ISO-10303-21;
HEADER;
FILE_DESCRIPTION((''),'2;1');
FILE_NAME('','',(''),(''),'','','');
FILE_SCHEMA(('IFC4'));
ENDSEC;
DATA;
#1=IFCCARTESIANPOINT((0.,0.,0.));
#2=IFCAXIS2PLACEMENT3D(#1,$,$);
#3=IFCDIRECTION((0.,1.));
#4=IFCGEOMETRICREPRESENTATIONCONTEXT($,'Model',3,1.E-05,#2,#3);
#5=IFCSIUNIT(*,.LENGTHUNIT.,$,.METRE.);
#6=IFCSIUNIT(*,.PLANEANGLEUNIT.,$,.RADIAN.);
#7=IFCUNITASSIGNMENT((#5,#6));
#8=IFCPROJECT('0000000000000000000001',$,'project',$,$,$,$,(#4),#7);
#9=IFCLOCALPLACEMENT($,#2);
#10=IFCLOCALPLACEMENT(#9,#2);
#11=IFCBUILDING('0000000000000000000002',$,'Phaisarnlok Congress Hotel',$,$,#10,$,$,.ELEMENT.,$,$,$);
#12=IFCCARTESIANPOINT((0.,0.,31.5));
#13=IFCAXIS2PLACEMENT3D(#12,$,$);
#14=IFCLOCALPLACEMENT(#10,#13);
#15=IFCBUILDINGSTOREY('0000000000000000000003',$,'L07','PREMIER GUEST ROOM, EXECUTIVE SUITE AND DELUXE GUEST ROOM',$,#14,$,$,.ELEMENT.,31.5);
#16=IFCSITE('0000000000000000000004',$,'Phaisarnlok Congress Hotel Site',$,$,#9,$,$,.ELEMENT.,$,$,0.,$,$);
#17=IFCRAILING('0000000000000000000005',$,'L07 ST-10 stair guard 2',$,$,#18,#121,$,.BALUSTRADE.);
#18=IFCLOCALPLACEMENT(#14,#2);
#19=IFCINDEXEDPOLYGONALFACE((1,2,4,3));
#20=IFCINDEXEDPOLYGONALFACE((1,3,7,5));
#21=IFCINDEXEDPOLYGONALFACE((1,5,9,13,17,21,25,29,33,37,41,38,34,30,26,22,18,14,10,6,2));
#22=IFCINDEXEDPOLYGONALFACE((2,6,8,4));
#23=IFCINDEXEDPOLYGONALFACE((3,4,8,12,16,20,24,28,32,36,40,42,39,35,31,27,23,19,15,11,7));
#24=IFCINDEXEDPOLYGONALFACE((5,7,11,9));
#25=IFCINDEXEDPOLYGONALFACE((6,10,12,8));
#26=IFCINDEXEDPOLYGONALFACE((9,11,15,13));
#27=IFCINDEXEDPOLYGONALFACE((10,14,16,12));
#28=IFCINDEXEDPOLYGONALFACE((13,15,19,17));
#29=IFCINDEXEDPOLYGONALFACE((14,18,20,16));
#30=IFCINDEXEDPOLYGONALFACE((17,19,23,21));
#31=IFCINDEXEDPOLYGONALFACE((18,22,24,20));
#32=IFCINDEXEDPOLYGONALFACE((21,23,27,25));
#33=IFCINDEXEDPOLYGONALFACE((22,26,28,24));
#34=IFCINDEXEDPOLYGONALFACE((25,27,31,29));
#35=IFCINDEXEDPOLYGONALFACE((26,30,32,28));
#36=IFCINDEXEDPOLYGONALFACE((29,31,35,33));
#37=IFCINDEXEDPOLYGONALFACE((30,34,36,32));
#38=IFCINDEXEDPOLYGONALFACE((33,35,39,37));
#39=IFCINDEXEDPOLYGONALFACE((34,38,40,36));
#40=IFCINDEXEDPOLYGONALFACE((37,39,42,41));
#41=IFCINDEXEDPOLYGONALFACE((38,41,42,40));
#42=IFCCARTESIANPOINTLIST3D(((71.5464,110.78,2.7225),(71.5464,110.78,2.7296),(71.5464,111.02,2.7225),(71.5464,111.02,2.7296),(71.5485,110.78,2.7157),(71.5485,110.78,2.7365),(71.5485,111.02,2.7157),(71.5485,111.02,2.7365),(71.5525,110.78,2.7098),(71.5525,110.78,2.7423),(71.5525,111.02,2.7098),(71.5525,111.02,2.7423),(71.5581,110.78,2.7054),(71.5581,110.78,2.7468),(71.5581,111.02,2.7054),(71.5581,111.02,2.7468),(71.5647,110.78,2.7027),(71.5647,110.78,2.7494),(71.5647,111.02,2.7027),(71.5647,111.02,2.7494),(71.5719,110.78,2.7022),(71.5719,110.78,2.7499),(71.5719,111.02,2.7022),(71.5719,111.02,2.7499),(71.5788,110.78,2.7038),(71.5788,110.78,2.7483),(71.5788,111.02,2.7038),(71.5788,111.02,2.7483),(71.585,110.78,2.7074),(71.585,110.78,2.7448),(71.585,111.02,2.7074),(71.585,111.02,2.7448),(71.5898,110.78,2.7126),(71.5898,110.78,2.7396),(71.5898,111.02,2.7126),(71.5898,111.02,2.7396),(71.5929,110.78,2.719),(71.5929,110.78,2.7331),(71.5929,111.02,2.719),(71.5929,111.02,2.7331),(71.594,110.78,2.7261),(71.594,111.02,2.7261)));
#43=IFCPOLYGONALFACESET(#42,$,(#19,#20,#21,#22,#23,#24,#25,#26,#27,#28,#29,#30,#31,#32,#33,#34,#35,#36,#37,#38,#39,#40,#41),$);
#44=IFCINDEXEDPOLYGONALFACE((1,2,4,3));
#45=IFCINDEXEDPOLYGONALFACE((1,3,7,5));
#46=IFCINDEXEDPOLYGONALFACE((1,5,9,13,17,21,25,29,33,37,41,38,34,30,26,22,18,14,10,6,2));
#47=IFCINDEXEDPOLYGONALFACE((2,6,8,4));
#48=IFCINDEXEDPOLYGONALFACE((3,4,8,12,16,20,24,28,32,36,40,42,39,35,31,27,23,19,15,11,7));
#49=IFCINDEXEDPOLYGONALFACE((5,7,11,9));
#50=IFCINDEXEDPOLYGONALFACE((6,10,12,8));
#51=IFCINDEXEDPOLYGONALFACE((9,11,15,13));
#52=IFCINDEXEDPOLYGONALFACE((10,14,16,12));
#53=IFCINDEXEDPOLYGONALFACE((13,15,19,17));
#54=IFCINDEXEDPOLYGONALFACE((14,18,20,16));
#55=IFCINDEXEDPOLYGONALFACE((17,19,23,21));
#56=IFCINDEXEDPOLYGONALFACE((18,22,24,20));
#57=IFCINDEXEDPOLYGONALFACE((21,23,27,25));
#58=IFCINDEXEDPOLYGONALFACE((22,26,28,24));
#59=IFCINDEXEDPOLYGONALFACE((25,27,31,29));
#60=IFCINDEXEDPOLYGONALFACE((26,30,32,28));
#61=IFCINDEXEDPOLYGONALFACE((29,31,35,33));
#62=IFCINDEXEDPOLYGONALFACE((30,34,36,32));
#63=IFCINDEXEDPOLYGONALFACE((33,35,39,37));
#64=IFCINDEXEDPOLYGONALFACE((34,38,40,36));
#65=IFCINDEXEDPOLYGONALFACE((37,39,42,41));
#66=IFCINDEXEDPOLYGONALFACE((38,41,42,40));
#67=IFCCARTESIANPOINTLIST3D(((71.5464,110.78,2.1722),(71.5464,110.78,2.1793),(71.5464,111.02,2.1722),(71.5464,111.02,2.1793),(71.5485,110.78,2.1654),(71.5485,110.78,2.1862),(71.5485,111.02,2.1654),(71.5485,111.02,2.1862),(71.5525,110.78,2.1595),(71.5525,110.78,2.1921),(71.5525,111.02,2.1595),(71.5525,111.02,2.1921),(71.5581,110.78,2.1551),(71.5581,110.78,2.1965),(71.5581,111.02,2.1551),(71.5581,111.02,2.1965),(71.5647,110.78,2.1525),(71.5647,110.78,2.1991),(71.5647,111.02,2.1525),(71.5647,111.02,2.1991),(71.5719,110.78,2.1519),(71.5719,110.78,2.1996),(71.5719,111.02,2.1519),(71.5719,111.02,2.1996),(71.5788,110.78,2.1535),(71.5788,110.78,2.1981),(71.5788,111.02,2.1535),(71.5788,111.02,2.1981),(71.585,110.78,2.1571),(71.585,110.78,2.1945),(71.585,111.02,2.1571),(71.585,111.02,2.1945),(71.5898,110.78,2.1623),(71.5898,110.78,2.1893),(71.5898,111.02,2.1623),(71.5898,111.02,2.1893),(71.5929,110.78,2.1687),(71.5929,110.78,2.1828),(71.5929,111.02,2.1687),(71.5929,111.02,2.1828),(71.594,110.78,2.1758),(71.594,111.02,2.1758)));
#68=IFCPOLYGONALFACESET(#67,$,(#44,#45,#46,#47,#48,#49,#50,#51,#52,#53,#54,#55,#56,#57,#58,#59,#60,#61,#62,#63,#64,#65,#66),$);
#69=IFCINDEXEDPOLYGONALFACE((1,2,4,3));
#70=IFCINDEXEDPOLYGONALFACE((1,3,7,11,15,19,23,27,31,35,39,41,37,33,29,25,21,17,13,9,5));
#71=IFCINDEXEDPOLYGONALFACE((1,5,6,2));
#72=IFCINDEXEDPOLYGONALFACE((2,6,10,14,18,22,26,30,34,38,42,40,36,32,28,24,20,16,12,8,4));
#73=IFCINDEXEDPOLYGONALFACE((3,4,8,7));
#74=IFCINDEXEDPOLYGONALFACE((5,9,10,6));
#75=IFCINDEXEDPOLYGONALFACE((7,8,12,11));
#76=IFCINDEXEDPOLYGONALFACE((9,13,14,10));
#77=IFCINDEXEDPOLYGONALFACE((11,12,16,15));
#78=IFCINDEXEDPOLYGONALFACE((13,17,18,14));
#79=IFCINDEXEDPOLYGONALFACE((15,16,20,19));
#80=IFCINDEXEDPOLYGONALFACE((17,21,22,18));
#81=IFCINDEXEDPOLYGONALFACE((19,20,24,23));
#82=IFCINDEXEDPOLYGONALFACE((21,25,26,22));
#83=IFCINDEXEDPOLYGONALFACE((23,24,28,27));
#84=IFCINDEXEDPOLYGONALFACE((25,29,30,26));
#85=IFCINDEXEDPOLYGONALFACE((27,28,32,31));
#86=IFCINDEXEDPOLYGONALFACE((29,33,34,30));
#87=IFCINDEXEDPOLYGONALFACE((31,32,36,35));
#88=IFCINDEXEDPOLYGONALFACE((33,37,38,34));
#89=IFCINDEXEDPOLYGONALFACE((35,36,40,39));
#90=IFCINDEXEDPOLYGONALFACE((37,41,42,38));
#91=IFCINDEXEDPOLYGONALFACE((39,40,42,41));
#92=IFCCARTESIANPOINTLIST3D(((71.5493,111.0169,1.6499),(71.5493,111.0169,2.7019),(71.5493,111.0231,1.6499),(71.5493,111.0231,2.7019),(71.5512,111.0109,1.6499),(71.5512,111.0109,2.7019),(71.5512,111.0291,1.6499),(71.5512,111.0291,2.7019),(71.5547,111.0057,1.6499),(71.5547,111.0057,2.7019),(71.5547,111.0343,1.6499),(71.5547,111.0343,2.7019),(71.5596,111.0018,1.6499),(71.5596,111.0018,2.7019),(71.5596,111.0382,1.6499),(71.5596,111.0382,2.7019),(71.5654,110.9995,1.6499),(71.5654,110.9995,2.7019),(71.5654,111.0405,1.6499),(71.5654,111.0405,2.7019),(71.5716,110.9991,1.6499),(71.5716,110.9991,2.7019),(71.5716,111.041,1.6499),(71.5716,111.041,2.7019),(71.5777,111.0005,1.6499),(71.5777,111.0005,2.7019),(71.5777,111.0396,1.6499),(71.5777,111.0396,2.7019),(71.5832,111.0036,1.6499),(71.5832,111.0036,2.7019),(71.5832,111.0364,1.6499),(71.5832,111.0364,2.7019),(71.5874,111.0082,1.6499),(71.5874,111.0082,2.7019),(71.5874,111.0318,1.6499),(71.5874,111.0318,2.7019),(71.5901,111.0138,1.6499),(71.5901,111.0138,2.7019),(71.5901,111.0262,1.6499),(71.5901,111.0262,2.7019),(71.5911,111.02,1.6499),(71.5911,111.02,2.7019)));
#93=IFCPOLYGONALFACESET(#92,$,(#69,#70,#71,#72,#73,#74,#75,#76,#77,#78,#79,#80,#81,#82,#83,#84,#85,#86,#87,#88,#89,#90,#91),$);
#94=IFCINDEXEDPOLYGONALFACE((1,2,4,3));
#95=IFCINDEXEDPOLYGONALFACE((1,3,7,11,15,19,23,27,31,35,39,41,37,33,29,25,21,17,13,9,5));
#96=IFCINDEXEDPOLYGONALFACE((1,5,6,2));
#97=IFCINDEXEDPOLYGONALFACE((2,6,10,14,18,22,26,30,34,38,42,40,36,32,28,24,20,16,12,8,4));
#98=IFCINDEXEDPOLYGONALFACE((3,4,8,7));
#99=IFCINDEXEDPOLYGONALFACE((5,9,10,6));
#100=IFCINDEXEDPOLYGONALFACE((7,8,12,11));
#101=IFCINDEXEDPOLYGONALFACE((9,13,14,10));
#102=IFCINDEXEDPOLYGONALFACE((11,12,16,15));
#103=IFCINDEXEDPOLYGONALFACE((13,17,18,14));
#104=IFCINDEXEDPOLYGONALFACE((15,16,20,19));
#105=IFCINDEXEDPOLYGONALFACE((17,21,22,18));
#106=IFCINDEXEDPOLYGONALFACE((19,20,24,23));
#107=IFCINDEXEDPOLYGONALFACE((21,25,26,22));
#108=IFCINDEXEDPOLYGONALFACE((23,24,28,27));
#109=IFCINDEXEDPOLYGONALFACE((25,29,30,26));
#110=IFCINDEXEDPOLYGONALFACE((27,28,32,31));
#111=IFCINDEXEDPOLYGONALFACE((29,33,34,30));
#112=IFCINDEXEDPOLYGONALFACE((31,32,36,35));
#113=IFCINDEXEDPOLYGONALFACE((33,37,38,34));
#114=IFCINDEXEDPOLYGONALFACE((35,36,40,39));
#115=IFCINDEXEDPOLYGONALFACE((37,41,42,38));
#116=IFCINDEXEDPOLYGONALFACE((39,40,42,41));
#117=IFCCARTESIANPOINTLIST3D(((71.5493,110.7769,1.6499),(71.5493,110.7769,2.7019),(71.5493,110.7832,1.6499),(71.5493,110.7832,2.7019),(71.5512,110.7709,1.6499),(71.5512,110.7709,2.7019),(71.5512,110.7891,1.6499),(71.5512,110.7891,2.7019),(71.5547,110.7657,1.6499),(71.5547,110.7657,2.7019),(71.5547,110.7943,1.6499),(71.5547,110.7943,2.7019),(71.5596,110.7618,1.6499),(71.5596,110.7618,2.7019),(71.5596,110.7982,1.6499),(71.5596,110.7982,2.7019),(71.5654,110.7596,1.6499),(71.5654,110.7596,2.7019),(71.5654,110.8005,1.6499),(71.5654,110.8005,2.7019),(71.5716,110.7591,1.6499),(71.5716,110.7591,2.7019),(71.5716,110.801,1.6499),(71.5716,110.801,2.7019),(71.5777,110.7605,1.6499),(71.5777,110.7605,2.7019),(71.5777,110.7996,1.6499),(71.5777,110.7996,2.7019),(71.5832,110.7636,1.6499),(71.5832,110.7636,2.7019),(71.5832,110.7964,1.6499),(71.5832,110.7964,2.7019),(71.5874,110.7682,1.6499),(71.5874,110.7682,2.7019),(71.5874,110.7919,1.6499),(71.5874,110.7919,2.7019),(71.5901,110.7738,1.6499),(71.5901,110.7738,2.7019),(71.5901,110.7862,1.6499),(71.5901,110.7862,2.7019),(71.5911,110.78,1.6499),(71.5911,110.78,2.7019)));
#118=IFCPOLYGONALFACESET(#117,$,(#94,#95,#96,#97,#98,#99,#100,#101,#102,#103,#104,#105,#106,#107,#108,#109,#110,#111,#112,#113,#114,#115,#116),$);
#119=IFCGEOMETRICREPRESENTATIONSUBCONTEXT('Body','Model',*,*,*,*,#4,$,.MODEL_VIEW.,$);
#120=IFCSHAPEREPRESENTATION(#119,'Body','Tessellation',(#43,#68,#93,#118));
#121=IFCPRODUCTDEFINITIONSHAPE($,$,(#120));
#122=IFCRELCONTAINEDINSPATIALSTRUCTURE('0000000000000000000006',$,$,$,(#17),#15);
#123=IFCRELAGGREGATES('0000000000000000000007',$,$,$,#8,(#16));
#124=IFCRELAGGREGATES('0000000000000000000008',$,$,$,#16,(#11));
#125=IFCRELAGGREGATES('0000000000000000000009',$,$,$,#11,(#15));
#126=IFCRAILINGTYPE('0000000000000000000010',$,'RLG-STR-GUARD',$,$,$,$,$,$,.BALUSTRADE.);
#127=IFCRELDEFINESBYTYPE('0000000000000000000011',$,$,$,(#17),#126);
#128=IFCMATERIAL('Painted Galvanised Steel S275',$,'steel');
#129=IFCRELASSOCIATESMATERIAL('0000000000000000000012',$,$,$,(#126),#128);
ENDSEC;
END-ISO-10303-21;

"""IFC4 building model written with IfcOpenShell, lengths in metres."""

from ifc_helpers import new_model, si_unit, direction, frame, origin, origin_2d, place, context, subcontext, project, spatial, circle, extrude, material, type_object, element, save


model = new_model("IFC4")

# Units and contexts
model_context = context("Model", 3, precision=1e-05, world=origin(), true_north=direction((0.0, 1.0)))
body_context = subcontext(model_context, "Body", "Model", "MODEL_VIEW")
ifc_project = project(units=[si_unit("LENGTHUNIT", "METRE"), si_unit("PLANEANGLEUNIT", "RADIAN")], contexts=[model_context])

# Site, building, storey
site_placement = place(None, origin())
site = spatial("IfcSite", under=ifc_project, at=site_placement, Name="Phaisarnlok Congress Hotel Site", CompositionType="ELEMENT", RefElevation=0.0)
building_placement = place(site_placement, origin())
building = spatial("IfcBuilding", under=site, at=building_placement, Name="Phaisarnlok Congress Hotel", CompositionType="ELEMENT")
storey_placement = place(building_placement, frame((0.0, 0.0, 31.5)))
storey = spatial("IfcBuildingStorey", under=building, at=storey_placement, Name="L07", Description="PREMIER GUEST ROOM, EXECUTIVE SUITE AND DELUXE GUEST ROOM", CompositionType="ELEMENT", Elevation=31.5)

# Railing
ifc_material_1 = material(Name="Painted Galvanised Steel S275", Category="steel")
railing_type_1 = type_object("IfcRailingType", Name="RLG-STR-GUARD", PredefinedType="BALUSTRADE", material=ifc_material_1)
railing_1_placement = place(storey_placement, frame((71.5701, 111.02, 1.6499)))
element("IfcRailing", 1, at=railing_1_placement, inside=storey, type_object=railing_type_1, Name="L07 ST-10 stair guard 2", PredefinedType="BALUSTRADE", context=body_context, shape_type="SweptSolid", body=[
    extrude(circle(Radius=0.0239, at=origin_2d()), frame((0.0, 0.0, 1.0762), z_axis=(0.0, -1.0, 0.0), x_axis=(1.0, 0.0, 0.0)), (0.0, 0.0, 1.0), 0.24),
    extrude(circle(Radius=0.0239, at=origin_2d()), frame((0.0, 0.0, 0.5259), z_axis=(0.0, -1.0, 0.0), x_axis=(1.0, 0.0, 0.0)), (0.0, 0.0, 1.0), 0.24),
    extrude(circle(Radius=0.021, at=origin_2d()), origin(), (0.0, 0.0, 1.0), 1.052),
    extrude(circle(Radius=0.021, at=origin_2d()), frame((0.0, -0.24, 0.0)), (0.0, 0.0, 1.0), 1.052),
])

save(model, "model.ifc")
